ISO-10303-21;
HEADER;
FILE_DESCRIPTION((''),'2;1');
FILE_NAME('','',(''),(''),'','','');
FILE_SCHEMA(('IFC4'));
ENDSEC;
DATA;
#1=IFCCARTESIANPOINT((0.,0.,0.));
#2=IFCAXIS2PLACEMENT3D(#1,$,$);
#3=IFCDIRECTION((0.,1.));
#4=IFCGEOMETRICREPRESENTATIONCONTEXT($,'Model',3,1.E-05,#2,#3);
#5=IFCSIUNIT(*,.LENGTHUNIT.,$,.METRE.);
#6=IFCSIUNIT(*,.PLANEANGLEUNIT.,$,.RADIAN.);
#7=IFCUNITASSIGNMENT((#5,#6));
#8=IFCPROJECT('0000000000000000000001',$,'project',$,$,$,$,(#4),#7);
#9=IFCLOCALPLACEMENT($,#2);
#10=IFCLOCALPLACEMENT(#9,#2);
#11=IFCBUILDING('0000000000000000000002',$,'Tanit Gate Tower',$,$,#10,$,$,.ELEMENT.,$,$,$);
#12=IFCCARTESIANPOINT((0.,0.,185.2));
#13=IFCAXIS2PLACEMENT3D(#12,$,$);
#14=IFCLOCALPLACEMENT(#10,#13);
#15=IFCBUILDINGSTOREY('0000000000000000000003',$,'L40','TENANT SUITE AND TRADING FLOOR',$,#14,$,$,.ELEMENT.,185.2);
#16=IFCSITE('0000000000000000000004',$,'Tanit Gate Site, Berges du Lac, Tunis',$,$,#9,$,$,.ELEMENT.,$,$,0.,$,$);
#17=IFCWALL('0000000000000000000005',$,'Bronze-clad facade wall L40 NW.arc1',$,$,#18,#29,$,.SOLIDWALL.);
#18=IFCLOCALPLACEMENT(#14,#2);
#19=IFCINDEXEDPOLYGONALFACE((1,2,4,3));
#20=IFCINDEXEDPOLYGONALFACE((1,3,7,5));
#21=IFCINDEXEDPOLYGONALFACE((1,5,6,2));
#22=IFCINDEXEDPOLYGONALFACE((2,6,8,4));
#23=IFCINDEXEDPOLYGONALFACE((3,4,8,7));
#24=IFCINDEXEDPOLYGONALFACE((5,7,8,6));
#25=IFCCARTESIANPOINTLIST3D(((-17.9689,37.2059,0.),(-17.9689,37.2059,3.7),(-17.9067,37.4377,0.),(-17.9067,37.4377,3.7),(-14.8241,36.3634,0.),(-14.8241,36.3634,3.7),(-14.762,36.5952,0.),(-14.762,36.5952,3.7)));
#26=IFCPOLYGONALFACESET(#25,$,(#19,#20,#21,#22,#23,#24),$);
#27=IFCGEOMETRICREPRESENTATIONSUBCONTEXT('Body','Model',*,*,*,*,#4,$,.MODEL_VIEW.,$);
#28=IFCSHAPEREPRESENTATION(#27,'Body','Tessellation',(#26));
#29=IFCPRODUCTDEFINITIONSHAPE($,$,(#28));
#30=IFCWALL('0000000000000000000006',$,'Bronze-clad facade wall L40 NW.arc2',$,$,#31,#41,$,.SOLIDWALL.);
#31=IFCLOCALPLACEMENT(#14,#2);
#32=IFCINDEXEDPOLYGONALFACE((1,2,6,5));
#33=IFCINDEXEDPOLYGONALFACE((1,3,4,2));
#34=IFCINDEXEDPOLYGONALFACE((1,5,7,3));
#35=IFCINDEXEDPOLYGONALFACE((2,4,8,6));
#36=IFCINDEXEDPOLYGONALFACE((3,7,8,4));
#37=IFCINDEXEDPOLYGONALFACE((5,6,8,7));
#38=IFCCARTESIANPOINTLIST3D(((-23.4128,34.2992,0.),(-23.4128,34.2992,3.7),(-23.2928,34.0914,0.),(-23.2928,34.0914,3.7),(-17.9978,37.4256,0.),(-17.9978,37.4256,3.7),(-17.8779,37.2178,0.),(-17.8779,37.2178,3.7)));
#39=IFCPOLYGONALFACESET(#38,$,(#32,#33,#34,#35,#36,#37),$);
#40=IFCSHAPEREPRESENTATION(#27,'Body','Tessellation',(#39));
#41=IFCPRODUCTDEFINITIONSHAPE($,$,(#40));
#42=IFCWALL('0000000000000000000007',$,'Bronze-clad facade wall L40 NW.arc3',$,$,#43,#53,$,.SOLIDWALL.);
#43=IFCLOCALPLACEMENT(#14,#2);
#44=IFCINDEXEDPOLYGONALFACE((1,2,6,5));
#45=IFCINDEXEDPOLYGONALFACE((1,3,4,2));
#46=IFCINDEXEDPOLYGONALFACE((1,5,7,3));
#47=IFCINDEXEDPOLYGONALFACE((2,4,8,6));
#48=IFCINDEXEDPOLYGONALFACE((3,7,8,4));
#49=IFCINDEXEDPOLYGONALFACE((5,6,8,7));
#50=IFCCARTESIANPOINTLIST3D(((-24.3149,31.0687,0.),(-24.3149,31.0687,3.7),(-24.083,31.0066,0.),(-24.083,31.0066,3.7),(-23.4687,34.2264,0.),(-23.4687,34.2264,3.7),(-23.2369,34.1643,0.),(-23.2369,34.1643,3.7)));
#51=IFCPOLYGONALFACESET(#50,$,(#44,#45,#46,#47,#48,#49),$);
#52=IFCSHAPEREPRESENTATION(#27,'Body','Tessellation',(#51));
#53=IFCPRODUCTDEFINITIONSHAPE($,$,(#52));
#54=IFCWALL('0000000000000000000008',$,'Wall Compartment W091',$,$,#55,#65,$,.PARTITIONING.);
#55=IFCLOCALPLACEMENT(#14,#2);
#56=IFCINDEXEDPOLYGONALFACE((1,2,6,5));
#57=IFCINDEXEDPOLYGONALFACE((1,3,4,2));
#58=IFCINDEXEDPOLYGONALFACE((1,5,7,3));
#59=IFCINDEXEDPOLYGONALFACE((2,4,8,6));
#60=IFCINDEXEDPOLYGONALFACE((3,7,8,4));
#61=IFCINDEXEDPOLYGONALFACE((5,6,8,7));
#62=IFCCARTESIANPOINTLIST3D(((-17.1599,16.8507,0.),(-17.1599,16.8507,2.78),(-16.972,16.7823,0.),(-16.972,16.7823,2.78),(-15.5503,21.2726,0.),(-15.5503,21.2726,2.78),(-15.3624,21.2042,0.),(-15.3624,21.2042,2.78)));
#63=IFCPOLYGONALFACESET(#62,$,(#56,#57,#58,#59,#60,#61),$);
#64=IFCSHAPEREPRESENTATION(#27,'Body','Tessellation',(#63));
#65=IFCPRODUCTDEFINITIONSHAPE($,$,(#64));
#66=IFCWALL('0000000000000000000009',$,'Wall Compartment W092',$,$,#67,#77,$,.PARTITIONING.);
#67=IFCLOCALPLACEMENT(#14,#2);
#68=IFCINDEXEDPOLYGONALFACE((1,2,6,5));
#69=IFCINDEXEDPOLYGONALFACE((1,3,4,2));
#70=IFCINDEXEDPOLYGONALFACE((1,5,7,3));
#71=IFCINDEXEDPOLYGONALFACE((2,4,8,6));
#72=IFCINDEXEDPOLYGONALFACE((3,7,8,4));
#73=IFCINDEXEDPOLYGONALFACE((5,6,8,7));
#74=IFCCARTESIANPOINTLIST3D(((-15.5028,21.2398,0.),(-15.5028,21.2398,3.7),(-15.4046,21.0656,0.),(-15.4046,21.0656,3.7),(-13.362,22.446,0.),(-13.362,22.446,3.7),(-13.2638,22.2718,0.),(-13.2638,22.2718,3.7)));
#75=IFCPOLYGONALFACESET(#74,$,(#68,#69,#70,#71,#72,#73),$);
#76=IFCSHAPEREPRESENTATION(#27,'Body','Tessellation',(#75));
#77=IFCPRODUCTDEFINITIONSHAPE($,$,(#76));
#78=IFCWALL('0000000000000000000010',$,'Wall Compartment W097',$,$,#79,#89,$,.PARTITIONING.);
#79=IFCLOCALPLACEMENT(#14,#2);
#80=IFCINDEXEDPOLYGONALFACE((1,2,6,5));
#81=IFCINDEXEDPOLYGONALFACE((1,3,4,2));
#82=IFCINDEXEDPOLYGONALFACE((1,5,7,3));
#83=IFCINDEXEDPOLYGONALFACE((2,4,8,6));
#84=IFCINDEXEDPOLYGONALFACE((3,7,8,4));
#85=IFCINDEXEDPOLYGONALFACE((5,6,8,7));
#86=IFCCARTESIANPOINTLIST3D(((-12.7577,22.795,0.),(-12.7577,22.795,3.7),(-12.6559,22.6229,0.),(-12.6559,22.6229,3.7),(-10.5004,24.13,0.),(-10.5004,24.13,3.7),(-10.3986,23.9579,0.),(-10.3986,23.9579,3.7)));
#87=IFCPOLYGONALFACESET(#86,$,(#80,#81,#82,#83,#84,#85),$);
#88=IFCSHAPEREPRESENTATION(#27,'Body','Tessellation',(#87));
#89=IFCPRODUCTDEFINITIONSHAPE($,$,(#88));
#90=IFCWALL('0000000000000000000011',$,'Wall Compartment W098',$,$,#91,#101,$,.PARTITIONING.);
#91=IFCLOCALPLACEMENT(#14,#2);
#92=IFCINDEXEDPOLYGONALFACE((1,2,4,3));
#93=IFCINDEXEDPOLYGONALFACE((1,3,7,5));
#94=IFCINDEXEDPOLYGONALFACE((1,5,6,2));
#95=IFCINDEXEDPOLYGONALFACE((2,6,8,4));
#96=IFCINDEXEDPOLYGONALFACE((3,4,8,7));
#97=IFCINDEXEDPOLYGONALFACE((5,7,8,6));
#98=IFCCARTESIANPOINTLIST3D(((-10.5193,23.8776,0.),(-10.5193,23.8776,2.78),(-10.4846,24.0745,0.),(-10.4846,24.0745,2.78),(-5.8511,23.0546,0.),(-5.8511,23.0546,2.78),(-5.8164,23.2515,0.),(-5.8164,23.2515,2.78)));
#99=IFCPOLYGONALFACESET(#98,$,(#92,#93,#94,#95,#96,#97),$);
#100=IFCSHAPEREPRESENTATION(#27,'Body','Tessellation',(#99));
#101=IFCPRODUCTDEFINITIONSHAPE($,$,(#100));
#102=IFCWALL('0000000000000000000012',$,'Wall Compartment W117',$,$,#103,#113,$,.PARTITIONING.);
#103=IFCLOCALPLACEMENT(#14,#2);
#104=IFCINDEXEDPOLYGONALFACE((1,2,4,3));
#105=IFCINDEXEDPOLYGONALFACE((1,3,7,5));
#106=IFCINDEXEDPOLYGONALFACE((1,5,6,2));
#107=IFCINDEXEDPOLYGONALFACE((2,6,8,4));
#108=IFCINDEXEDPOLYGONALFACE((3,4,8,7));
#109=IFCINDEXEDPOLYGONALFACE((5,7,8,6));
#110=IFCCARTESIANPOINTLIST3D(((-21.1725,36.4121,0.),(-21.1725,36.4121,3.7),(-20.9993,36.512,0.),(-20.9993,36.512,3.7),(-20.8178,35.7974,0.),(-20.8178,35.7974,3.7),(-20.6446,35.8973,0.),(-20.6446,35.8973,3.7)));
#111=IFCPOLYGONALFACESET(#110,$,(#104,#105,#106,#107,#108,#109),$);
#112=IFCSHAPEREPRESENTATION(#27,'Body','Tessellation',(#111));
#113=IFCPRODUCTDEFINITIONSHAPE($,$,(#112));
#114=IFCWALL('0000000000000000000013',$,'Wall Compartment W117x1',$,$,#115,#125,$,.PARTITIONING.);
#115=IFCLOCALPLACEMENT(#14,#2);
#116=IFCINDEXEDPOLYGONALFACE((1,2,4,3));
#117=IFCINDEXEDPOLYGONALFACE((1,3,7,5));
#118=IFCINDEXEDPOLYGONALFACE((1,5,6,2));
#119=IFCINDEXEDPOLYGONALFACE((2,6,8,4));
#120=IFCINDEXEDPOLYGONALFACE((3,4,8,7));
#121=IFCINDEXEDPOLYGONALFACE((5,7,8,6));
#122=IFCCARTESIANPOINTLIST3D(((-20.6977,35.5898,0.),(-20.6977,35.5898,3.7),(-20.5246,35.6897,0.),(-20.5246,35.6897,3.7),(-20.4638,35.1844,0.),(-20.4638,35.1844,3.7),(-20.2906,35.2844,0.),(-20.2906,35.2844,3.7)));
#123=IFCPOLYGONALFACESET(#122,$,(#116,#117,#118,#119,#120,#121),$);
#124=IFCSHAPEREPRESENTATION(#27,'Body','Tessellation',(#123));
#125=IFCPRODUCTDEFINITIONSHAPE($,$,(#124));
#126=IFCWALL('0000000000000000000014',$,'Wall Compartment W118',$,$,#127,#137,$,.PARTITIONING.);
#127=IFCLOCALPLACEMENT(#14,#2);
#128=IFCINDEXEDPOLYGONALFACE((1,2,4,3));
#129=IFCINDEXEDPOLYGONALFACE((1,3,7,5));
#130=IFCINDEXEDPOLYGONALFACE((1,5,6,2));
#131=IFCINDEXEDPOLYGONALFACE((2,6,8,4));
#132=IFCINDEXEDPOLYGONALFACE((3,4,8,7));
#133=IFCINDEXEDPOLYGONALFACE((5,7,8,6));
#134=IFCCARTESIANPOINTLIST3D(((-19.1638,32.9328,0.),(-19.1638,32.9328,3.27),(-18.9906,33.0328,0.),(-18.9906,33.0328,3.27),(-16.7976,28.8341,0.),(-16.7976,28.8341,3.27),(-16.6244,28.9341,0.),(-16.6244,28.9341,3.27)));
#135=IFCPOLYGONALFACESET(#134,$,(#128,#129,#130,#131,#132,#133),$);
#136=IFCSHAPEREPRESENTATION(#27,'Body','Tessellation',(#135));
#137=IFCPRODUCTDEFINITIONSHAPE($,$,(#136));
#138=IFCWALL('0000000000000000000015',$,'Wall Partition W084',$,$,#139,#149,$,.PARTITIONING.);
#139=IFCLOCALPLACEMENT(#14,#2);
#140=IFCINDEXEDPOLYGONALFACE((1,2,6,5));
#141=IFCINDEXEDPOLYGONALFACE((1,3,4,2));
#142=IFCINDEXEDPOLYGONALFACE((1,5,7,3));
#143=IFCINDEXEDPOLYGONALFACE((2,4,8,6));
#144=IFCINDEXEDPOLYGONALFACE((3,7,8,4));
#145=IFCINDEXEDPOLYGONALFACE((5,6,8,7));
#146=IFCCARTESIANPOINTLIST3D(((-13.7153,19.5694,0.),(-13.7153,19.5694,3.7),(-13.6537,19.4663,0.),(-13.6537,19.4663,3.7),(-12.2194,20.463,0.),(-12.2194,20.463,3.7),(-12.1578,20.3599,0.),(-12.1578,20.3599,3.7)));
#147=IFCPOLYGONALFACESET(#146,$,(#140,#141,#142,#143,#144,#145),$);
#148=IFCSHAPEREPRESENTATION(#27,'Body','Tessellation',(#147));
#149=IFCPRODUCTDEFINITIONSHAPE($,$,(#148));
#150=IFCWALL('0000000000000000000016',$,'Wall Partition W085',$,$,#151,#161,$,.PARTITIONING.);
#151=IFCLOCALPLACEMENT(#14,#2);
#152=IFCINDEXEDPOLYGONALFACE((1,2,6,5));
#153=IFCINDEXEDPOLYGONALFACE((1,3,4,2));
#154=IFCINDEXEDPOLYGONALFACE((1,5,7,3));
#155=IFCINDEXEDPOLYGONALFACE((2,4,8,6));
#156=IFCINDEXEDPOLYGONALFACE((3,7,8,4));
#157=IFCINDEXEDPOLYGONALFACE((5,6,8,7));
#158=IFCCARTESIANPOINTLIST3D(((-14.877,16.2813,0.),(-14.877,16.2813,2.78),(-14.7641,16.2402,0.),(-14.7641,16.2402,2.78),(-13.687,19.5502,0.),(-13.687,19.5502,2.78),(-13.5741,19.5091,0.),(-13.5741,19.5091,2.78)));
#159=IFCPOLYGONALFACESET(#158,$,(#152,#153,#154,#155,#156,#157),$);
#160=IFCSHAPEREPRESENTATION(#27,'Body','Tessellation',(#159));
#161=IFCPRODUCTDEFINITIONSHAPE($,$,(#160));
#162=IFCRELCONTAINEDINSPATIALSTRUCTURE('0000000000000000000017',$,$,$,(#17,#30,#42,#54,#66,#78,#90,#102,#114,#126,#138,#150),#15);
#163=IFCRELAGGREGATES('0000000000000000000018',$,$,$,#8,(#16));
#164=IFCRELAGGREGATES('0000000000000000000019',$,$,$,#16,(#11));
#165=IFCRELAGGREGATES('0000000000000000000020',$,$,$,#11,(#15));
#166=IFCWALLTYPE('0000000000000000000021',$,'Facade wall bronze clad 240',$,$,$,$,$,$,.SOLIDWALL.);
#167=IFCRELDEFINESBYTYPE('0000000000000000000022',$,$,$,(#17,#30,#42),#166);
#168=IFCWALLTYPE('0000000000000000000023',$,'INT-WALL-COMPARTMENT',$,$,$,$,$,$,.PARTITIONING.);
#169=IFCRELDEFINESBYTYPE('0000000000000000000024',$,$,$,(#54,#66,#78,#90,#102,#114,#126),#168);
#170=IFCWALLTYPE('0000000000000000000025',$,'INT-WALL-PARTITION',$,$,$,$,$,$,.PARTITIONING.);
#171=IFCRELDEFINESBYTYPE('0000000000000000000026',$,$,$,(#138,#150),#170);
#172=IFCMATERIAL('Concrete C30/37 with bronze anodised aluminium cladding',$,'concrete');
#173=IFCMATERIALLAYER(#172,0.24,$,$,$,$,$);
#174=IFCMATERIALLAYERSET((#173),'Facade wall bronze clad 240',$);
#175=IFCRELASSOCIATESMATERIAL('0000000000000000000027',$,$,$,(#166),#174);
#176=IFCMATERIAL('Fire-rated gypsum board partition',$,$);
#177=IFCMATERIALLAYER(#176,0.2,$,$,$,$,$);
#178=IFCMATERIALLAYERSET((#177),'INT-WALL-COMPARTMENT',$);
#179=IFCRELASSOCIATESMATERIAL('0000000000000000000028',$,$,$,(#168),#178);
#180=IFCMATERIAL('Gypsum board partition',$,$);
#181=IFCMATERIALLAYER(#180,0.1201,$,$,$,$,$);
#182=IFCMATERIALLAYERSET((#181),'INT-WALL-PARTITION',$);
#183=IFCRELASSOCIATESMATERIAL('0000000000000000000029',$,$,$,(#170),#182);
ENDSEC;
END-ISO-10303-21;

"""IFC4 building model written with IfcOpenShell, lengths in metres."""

from ifc_helpers import new_model, si_unit, direction, frame, frame_2d, origin, place, context, subcontext, project, spatial, rectangle, extrude, material, layer, layer_set, type_object, element, save


model = new_model("IFC4")

# Units and contexts
model_context = context("Model", 3, precision=1e-05, world=origin(), true_north=direction((0.0, 1.0)))
body_context = subcontext(model_context, "Body", "Model", "MODEL_VIEW")
ifc_project = project(units=[si_unit("LENGTHUNIT", "METRE"), si_unit("PLANEANGLEUNIT", "RADIAN")], contexts=[model_context])

# Site, building, storey
site_placement = place(None, origin())
site = spatial("IfcSite", under=ifc_project, at=site_placement, Name="Tanit Gate Site, Berges du Lac, Tunis", CompositionType="ELEMENT", RefElevation=0.0)
building_placement = place(site_placement, origin())
building = spatial("IfcBuilding", under=site, at=building_placement, Name="Tanit Gate Tower", CompositionType="ELEMENT")
storey_placement = place(building_placement, frame((0.0, 0.0, 185.2)))
storey = spatial("IfcBuildingStorey", under=building, at=storey_placement, Name="L40", Description="TENANT SUITE AND TRADING FLOOR", CompositionType="ELEMENT", Elevation=185.2)

# Walls
ifc_material_1 = material(Name="Concrete C30/37 with bronze anodised aluminium cladding", Category="concrete")
ifc_layer_1 = layer(ifc_material_1, 0.24)
ifc_layer_set_1 = layer_set([ifc_layer_1], Name="Facade wall bronze clad 240")
wall_type_1 = type_object("IfcWallType", Name="Facade wall bronze clad 240", PredefinedType="SOLIDWALL", material=ifc_layer_set_1)
wall_1_placement = place(storey_placement, frame((-14.793, 36.4792, 0.0), z_axis=(0.0, 0.0, 1.0), x_axis=(-0.965934, 0.258787, 0.0)))
element("IfcWall", 1, at=wall_1_placement, inside=storey, type_object=wall_type_1, Name="Bronze-clad facade wall L40 NW.arc1", PredefinedType="SOLIDWALL", context=body_context, shape_type="SweptSolid", body=[
    extrude(rectangle(XDim=3.2556, YDim=0.24, at=frame_2d((1.6279, 0.0))), origin(), (0.0, 0.0, 1.0), 3.7),
])
wall_2_placement = place(storey_placement, frame((-17.9377, 37.3218, 0.0), z_axis=(0.0, 0.0, 1.0), x_axis=(-0.866019, -0.500011, 0.0)))
element("IfcWall", 2, at=wall_2_placement, inside=storey, type_object=wall_type_1, Name="Bronze-clad facade wall L40 NW.arc2", PredefinedType="SOLIDWALL", context=body_context, shape_type="SweptSolid", body=[
    extrude(rectangle(XDim=6.2527, YDim=0.24, at=frame_2d((3.1265, 0.0))), origin(), (0.0, 0.0, 1.0), 3.7),
])
wall_3_placement = place(storey_placement, frame((-23.3528, 34.1953, 0.0), z_axis=(0.0, 0.0, 1.0), x_axis=(-0.258843, -0.965919, 0.0)))
element("IfcWall", 3, at=wall_3_placement, inside=storey, type_object=wall_type_1, Name="Bronze-clad facade wall L40 NW.arc3", PredefinedType="SOLIDWALL", context=body_context, shape_type="SweptSolid", body=[
    extrude(rectangle(XDim=3.269, YDim=0.24, at=frame_2d((1.6345, 0.0))), origin(), (0.0, 0.0, 1.0), 3.7),
])
ifc_material_2 = material(Name="Fire-rated gypsum board partition")
ifc_layer_2 = layer(ifc_material_2, 0.2)
ifc_layer_set_2 = layer_set([ifc_layer_2], Name="INT-WALL-COMPARTMENT")
wall_type_2 = type_object("IfcWallType", Name="INT-WALL-COMPARTMENT", PredefinedType="PARTITIONING", material=ifc_layer_set_2)
wall_4_placement = place(storey_placement, frame((-15.4563, 21.2385, 0.0), z_axis=(0.0, 0.0, 1.0), x_axis=(-0.342055, -0.93968, 0.0)))
element("IfcWall", 4, at=wall_4_placement, inside=storey, type_object=wall_type_2, Name="Wall Compartment W091", PredefinedType="PARTITIONING", context=body_context, shape_type="SweptSolid", body=[
    extrude(rectangle(XDim=4.7058, YDim=0.2, at=frame_2d((2.353, 0.0))), origin(), (0.0, 0.0, 1.0), 2.78),
])
wall_5_placement = place(storey_placement, frame((-13.313, 22.3589, 0.0), z_axis=(0.0, 0.0, 1.0), x_axis=(-0.871217, -0.490898, 0.0)))
element("IfcWall", 5, at=wall_5_placement, inside=storey, type_object=wall_type_2, Name="Wall Compartment W092", PredefinedType="PARTITIONING", context=body_context, shape_type="SweptSolid", body=[
    extrude(rectangle(XDim=2.4573, YDim=0.2, at=frame_2d((1.2285, 0.0))), origin(), (0.0, 0.0, 1.0), 3.7),
])
wall_6_placement = place(storey_placement, frame((-10.4495, 24.0439, 0.0), z_axis=(0.0, 0.0, 1.0), x_axis=(-0.860745, -0.509037, 0.0)))
element("IfcWall", 6, at=wall_6_placement, inside=storey, type_object=wall_type_2, Name="Wall Compartment W097", PredefinedType="PARTITIONING", context=body_context, shape_type="SweptSolid", body=[
    extrude(rectangle(XDim=2.6226, YDim=0.2, at=frame_2d((1.3113, 0.0))), origin(), (0.0, 0.0, 1.0), 3.7),
])
wall_7_placement = place(storey_placement, frame((-5.8337, 23.1531, 0.0), z_axis=(0.0, 0.0, 1.0), x_axis=(-0.984813, 0.173621, 0.0)))
element("IfcWall", 7, at=wall_7_placement, inside=storey, type_object=wall_type_2, Name="Wall Compartment W098", PredefinedType="PARTITIONING", context=body_context, shape_type="SweptSolid", body=[
    extrude(rectangle(XDim=4.7402, YDim=0.2, at=frame_2d((2.3701, 0.0))), origin(), (0.0, 0.0, 1.0), 2.78),
])
wall_8_placement = place(storey_placement, frame((-21.0859, 36.4622, 0.0), z_axis=(0.0, 0.0, 1.0), x_axis=(0.499802, -0.86614, 0.0)))
element("IfcWall", 8, at=wall_8_placement, inside=storey, type_object=wall_type_2, Name="Wall Compartment W117", PredefinedType="PARTITIONING", context=body_context, shape_type="SweptSolid", body=[
    extrude(rectangle(XDim=0.7097, YDim=0.2, at=frame_2d((0.355, 0.0))), origin(), (0.0, 0.0, 1.0), 3.7),
])
wall_9_placement = place(storey_placement, frame((-20.6111, 35.6396, 0.0), z_axis=(0.0, 0.0, 1.0), x_axis=(0.499843, -0.866116, 0.0)))
element("IfcWall", 9, at=wall_9_placement, inside=storey, type_object=wall_type_2, Name="Wall Compartment W117x1", PredefinedType="PARTITIONING", context=body_context, shape_type="SweptSolid", body=[
    extrude(rectangle(XDim=0.468, YDim=0.2, at=frame_2d((0.2339, 0.0))), origin(), (0.0, 0.0, 1.0), 3.7),
])
wall_10_placement = place(storey_placement, frame((-19.0771, 32.9827, 0.0), z_axis=(0.0, 0.0, 1.0), x_axis=(0.499978, -0.866038, 0.0)))
element("IfcWall", 10, at=wall_10_placement, inside=storey, type_object=wall_type_2, Name="Wall Compartment W118", PredefinedType="PARTITIONING", context=body_context, shape_type="SweptSolid", body=[
    extrude(rectangle(XDim=4.7327, YDim=0.2, at=frame_2d((2.3662, 0.0))), origin(), (0.0, 0.0, 1.0), 3.27),
])
ifc_material_3 = material(Name="Gypsum board partition")
ifc_layer_3 = layer(ifc_material_3, 0.1201)
ifc_layer_set_3 = layer_set([ifc_layer_3], Name="INT-WALL-PARTITION")
wall_type_3 = type_object("IfcWallType", Name="INT-WALL-PARTITION", PredefinedType="PARTITIONING", material=ifc_layer_set_3)
wall_11_placement = place(storey_placement, frame((-12.1887, 20.4114, 0.0), z_axis=(0.0, 0.0, 1.0), x_axis=(-0.858493, -0.512826, 0.0)))
element("IfcWall", 11, at=wall_11_placement, inside=storey, type_object=wall_type_3, Name="Wall Partition W084", PredefinedType="PARTITIONING", context=body_context, shape_type="SweptSolid", body=[
    extrude(rectangle(XDim=1.7424, YDim=0.1201, at=frame_2d((0.8711, 0.0))), origin(), (0.0, 0.0, 1.0), 3.7),
])
wall_12_placement = place(storey_placement, frame((-13.6306, 19.5295, 0.0), z_axis=(0.0, 0.0, 1.0), x_axis=(-0.34207, -0.939675, 0.0)))
element("IfcWall", 12, at=wall_12_placement, inside=storey, type_object=wall_type_3, Name="Wall Partition W085", PredefinedType="PARTITIONING", context=body_context, shape_type="SweptSolid", body=[
    extrude(rectangle(XDim=3.4788, YDim=0.1201, at=frame_2d((1.7393, 0.0))), origin(), (0.0, 0.0, 1.0), 2.78),
])

save(model, "model.ifc")
